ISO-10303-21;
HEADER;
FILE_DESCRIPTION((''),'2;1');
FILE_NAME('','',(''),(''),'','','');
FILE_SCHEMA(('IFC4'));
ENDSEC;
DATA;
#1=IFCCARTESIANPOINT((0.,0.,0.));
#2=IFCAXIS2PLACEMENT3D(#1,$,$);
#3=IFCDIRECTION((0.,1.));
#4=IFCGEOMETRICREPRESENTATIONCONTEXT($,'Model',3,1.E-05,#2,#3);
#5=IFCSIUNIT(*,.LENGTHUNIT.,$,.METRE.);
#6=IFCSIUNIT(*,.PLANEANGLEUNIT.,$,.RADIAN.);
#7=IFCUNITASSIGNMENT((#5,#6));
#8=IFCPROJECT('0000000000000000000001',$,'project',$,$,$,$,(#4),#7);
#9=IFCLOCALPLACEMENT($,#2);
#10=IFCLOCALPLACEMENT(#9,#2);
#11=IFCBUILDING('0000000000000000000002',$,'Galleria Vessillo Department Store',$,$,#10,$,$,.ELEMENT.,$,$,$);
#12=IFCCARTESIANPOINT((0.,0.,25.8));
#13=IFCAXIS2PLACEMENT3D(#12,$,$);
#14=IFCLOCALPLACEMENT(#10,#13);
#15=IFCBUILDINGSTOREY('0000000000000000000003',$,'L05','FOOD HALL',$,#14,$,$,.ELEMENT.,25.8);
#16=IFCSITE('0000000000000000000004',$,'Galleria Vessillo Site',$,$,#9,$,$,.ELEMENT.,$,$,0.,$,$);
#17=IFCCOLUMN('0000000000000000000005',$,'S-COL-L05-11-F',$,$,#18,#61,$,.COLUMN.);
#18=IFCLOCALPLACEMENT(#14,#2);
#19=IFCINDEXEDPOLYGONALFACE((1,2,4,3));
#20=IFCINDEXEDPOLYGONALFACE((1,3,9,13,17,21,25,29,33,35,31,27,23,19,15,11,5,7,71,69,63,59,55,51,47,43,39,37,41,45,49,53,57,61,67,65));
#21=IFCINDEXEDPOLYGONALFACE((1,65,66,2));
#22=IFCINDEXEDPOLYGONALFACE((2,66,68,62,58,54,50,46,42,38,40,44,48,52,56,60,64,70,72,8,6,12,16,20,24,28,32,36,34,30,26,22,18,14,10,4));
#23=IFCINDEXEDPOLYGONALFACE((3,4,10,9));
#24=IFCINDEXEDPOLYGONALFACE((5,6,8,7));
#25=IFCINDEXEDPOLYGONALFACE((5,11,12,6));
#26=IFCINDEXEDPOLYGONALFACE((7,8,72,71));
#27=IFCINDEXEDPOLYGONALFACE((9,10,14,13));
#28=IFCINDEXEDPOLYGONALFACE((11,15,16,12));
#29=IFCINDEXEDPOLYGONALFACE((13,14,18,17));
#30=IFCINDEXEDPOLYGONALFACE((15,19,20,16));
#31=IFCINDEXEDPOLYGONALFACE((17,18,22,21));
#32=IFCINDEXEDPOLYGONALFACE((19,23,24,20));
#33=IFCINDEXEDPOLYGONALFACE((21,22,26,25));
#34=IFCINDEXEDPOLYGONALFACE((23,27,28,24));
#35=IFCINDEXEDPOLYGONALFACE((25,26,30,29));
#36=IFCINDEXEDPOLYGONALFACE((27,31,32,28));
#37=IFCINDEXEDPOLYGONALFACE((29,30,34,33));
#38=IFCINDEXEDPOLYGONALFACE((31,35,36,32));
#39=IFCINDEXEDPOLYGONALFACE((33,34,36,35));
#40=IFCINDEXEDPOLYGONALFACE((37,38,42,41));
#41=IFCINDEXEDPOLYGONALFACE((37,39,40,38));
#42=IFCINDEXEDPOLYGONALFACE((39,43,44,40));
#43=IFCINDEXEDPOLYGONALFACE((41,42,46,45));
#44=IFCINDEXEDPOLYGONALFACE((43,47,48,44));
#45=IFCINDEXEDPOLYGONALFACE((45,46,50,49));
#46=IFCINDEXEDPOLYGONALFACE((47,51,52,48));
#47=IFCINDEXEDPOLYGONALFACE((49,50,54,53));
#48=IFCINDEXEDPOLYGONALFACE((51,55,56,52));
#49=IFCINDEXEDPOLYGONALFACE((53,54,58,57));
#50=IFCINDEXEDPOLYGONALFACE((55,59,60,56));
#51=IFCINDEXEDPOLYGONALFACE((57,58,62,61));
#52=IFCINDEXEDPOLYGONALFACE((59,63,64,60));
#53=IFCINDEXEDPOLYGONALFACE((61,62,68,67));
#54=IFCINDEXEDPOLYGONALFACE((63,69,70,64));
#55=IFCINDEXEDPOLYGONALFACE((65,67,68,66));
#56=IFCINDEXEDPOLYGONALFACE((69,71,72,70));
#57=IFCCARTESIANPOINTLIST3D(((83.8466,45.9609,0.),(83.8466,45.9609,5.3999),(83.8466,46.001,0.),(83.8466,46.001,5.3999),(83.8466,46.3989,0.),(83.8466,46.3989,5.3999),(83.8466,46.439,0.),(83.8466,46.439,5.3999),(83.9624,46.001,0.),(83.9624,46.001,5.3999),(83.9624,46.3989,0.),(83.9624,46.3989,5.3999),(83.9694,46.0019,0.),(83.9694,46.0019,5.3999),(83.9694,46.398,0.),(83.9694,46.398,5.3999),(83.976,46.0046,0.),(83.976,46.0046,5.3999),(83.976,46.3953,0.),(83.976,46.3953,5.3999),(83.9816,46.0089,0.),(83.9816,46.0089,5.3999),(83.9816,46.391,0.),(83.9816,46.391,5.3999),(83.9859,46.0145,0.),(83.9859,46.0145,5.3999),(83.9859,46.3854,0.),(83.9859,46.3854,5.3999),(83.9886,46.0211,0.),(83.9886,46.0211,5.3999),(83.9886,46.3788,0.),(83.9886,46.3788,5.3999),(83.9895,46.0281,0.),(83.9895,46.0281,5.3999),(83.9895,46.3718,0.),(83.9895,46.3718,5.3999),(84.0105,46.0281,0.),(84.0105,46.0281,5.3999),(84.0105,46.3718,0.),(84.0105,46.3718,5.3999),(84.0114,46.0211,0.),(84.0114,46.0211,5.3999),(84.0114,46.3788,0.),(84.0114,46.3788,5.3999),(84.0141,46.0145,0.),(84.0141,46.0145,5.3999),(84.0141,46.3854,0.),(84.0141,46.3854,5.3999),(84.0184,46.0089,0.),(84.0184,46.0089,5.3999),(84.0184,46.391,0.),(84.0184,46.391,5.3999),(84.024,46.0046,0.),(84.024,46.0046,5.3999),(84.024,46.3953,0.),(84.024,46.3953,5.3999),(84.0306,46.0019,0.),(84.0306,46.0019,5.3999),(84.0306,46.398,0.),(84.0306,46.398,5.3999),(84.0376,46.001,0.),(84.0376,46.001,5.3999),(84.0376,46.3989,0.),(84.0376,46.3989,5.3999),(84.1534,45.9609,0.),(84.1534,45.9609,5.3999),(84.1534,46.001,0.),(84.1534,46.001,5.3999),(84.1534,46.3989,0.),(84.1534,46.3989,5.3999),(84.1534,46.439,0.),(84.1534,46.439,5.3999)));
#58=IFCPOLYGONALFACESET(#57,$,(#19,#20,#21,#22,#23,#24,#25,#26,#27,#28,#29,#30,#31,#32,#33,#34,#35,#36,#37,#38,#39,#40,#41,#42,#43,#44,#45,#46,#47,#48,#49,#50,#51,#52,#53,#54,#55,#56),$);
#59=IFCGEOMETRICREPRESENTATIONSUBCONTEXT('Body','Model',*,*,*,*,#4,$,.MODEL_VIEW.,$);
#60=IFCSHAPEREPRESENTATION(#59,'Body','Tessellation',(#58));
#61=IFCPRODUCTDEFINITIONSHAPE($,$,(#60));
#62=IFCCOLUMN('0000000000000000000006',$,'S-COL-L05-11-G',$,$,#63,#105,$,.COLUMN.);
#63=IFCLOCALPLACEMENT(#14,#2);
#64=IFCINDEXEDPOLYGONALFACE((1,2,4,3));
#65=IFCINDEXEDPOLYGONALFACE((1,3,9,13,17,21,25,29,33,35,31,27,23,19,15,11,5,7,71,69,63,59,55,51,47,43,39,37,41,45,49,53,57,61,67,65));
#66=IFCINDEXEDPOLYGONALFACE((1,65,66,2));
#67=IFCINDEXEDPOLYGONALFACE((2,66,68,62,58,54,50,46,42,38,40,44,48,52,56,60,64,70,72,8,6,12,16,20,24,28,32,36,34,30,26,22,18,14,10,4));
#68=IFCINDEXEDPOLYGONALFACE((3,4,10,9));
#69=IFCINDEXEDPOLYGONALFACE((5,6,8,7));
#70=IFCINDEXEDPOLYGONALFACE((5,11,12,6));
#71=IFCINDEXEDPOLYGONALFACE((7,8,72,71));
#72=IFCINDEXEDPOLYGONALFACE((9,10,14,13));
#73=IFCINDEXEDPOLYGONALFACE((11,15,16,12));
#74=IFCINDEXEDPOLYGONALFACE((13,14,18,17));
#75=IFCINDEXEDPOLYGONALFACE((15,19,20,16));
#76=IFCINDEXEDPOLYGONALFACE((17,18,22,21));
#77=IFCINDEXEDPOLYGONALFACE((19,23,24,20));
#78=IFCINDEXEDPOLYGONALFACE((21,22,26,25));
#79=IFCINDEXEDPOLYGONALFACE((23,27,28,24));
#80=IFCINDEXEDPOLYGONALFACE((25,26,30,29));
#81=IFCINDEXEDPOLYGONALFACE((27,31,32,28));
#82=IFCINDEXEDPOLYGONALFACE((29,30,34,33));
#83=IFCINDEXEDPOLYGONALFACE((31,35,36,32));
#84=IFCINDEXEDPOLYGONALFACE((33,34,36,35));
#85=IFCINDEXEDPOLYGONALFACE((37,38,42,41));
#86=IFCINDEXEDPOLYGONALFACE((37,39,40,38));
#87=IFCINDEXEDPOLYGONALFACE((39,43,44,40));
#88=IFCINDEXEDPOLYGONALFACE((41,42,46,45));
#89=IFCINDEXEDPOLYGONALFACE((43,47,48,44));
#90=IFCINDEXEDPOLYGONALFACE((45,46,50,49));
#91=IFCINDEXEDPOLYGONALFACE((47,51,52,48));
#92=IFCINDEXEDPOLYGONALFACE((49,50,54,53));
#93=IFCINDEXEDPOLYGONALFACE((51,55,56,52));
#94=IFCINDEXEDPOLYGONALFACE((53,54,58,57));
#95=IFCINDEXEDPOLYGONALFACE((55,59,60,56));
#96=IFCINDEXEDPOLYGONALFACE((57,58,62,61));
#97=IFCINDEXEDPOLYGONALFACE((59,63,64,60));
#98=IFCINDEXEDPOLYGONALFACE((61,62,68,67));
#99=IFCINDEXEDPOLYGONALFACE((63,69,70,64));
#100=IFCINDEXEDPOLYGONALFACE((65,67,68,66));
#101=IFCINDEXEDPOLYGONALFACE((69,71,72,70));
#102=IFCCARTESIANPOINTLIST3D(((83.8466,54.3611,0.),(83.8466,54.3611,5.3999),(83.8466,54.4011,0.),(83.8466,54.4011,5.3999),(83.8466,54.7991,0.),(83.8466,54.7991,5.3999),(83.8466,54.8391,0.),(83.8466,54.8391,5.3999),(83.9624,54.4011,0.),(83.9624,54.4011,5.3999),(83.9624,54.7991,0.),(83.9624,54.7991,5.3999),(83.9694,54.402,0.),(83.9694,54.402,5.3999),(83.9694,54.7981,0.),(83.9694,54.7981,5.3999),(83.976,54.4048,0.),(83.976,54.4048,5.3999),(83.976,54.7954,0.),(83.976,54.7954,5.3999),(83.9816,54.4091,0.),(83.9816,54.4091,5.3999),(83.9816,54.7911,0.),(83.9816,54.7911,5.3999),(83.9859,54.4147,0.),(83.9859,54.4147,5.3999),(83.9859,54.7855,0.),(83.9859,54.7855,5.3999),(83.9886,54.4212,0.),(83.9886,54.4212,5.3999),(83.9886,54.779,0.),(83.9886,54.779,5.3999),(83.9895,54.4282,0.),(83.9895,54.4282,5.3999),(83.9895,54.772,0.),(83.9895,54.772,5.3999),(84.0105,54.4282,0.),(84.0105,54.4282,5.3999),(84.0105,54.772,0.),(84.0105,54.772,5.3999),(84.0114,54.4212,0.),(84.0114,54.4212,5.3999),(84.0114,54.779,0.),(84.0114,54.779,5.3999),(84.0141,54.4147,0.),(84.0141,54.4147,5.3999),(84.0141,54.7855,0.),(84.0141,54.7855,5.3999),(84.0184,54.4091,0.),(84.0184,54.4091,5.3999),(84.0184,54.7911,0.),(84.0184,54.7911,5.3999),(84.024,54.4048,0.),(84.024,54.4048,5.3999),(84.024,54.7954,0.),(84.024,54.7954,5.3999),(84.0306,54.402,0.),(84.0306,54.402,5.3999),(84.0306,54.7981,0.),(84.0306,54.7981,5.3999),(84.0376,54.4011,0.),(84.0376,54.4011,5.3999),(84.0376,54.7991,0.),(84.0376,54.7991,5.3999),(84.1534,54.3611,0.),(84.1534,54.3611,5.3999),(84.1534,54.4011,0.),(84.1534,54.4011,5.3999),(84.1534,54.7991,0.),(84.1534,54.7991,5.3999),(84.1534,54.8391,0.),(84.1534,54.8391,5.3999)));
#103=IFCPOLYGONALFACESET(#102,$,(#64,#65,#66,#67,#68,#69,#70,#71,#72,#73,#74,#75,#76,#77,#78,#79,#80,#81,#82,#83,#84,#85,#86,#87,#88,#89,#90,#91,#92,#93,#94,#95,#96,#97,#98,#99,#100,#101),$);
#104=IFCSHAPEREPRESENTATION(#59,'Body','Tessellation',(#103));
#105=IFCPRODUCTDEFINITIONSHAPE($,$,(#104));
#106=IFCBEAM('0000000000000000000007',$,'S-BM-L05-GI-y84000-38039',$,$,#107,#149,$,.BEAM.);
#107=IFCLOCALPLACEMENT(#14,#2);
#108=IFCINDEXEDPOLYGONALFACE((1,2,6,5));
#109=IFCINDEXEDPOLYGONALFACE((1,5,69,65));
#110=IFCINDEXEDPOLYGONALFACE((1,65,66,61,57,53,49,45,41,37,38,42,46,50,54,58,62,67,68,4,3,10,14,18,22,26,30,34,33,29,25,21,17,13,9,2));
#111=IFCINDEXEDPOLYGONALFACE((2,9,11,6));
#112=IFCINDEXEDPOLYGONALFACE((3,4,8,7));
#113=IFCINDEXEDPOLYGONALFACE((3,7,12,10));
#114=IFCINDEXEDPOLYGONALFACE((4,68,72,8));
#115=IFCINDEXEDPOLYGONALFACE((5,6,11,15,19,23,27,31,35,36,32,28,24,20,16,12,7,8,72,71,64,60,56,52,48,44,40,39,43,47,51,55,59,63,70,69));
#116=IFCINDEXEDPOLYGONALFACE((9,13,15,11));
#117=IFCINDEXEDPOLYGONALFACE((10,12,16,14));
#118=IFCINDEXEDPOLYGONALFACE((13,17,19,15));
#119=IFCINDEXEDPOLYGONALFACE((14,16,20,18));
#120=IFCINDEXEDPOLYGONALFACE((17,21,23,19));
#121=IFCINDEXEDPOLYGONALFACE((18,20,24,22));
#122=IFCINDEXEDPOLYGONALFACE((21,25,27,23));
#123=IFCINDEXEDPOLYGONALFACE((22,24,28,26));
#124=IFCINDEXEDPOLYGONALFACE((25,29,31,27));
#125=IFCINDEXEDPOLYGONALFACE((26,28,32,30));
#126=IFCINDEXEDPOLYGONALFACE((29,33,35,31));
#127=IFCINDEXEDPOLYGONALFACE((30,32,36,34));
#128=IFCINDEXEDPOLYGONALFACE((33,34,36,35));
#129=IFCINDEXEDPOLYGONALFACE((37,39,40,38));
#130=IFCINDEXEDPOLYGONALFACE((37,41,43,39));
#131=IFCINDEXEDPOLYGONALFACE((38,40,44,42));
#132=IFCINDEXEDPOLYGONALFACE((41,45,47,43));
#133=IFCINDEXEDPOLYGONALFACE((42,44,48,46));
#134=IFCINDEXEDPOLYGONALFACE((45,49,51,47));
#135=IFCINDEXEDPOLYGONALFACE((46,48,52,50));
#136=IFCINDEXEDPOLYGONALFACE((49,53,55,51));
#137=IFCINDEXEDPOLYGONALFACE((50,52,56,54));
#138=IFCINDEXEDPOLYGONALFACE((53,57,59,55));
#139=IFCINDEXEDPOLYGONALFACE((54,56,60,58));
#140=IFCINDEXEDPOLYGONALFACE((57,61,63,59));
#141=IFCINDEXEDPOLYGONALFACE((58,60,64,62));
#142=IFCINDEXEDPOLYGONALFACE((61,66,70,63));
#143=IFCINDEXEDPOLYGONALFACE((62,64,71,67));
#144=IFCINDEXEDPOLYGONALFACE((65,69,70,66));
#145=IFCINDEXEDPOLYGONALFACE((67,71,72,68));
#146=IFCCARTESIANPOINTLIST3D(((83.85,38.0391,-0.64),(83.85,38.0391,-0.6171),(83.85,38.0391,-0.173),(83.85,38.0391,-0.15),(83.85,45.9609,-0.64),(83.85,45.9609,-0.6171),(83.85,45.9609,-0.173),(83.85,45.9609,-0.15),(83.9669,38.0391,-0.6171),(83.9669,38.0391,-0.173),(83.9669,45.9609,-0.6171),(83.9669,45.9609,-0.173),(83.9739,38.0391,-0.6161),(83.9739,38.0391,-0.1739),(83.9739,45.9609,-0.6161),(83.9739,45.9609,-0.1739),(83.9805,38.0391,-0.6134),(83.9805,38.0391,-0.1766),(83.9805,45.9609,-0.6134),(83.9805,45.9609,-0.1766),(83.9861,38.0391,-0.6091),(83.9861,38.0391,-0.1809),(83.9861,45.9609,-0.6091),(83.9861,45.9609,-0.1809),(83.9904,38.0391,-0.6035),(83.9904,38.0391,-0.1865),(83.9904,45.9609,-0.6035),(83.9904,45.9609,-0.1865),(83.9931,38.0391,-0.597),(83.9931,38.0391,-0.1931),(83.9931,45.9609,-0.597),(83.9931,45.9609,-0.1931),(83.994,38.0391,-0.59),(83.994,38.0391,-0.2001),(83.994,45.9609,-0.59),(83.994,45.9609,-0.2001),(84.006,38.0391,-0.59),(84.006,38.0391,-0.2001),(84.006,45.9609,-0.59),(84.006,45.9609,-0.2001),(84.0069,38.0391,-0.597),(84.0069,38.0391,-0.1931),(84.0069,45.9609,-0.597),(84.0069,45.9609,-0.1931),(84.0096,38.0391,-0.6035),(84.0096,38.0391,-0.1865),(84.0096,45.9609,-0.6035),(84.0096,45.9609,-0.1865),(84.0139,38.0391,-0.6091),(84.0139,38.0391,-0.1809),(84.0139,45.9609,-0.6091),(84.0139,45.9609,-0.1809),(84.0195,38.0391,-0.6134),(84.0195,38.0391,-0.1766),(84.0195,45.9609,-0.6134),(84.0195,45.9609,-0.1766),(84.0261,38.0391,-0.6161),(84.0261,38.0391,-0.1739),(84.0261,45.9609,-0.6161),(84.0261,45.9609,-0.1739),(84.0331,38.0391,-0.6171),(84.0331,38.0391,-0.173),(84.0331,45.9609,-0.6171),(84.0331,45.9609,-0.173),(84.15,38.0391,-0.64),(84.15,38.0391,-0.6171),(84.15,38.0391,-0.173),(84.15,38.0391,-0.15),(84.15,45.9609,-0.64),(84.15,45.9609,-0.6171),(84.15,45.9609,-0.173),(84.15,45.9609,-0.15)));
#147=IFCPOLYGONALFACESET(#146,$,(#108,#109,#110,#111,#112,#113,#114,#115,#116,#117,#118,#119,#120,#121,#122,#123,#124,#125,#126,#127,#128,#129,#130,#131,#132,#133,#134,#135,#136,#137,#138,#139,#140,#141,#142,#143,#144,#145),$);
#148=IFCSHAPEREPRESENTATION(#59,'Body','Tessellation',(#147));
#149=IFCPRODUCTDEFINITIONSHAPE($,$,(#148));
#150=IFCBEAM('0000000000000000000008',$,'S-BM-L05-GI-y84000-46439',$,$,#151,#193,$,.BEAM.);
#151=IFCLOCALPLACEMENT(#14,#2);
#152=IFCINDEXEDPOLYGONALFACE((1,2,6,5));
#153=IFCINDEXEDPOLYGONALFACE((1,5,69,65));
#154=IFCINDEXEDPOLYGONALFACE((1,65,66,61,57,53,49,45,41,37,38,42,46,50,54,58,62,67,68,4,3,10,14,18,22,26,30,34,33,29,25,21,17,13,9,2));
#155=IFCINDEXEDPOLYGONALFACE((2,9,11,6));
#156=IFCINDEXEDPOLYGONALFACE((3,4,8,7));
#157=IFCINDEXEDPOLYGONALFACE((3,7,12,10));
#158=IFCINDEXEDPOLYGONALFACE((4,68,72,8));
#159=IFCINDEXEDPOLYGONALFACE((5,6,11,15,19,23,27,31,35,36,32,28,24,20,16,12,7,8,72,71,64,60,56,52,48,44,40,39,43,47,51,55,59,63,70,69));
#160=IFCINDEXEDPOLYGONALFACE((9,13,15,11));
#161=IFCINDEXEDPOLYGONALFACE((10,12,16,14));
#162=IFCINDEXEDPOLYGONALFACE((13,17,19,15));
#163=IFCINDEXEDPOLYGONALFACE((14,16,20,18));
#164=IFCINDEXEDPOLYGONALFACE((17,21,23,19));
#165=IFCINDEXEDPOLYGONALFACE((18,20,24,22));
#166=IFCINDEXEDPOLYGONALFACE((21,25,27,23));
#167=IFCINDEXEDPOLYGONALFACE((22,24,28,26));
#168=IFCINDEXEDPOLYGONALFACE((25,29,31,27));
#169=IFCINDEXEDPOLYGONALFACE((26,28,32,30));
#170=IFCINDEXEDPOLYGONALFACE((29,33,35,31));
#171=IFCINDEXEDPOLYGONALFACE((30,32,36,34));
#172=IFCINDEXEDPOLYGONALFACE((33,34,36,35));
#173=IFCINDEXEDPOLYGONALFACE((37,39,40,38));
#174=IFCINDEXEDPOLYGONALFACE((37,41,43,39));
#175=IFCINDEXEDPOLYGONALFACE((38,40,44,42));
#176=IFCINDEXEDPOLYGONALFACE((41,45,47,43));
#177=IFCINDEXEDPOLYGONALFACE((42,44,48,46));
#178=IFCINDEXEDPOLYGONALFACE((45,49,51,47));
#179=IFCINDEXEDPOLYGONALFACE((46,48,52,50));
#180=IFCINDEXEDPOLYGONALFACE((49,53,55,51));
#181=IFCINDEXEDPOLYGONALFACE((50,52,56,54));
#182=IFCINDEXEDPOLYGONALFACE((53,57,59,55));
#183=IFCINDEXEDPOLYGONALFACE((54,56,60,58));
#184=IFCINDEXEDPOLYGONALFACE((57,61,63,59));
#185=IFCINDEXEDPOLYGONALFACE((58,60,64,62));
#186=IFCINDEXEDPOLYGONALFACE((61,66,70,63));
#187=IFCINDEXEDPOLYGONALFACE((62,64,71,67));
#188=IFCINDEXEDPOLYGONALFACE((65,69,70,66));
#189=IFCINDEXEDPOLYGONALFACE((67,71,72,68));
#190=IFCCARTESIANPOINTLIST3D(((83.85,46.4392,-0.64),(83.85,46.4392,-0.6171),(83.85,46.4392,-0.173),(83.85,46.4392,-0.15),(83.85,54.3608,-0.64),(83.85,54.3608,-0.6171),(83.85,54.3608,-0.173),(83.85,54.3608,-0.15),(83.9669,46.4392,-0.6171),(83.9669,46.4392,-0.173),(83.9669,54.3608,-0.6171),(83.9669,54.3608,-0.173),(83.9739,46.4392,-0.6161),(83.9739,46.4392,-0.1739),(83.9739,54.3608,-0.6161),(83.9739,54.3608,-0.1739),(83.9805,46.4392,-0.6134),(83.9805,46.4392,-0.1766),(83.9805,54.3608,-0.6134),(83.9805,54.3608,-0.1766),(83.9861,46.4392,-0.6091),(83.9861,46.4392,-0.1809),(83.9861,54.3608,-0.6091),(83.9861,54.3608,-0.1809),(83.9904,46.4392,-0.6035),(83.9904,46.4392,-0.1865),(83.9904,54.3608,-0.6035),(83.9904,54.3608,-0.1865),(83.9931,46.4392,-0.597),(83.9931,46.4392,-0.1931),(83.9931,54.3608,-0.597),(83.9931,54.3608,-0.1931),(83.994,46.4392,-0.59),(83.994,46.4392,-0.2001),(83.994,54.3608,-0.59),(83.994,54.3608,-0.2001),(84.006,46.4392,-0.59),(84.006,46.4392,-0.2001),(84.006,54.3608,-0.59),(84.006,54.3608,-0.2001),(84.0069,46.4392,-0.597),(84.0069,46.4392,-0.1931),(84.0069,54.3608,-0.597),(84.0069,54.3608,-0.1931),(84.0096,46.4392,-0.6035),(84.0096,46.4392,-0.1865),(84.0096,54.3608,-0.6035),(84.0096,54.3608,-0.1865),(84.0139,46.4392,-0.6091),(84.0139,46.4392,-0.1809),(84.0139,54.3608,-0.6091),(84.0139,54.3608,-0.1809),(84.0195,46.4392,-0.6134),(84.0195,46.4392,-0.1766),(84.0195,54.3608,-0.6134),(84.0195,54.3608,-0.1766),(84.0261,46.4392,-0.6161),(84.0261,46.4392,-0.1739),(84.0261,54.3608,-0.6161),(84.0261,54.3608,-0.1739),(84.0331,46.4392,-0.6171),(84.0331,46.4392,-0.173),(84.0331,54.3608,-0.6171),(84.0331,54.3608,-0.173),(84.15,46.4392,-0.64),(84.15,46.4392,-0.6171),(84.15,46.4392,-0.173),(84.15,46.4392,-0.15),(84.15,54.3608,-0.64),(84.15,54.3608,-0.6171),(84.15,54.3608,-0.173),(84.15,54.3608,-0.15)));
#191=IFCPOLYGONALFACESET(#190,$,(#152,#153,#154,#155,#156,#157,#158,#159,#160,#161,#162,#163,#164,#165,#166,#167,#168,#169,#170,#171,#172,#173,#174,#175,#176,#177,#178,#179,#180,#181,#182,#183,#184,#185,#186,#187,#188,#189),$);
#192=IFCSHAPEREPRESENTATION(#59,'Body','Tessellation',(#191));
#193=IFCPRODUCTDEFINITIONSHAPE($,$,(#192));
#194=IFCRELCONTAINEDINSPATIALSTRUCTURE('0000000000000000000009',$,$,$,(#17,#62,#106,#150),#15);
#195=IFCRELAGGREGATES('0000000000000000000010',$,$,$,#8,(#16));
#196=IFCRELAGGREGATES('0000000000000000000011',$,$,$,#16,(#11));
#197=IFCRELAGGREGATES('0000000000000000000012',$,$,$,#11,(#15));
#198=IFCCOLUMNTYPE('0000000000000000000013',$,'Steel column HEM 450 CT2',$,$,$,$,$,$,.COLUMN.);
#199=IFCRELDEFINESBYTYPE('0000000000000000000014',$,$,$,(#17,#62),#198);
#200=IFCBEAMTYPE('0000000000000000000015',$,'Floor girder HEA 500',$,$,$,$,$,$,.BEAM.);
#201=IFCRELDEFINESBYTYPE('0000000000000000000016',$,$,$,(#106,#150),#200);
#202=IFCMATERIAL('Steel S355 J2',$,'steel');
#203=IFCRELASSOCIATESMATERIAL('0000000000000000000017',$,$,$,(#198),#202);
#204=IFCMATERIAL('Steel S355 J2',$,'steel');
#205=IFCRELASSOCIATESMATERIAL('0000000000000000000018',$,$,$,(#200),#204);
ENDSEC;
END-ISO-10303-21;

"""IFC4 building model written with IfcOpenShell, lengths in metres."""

from ifc_helpers import new_model, si_unit, direction, frame, origin, origin_2d, place, context, subcontext, project, spatial, i_section, extrude, material, material_profile, profile_set, type_object, element, save


model = new_model("IFC4")

# Units and contexts
model_context = context("Model", 3, precision=1e-05, world=origin(), true_north=direction((0.0, 1.0)))
body_context = subcontext(model_context, "Body", "Model", "MODEL_VIEW")
ifc_project = project(units=[si_unit("LENGTHUNIT", "METRE"), si_unit("PLANEANGLEUNIT", "RADIAN")], contexts=[model_context])

# Site, building, storey
site_placement = place(None, origin())
site = spatial("IfcSite", under=ifc_project, at=site_placement, Name="Galleria Vessillo Site", CompositionType="ELEMENT", RefElevation=0.0)
building_placement = place(site_placement, origin())
building = spatial("IfcBuilding", under=site, at=building_placement, Name="Galleria Vessillo Department Store", CompositionType="ELEMENT")
storey_placement = place(building_placement, frame((0.0, 0.0, 25.8)))
storey = spatial("IfcBuildingStorey", under=building, at=storey_placement, Name="L05", Description="FOOD HALL", CompositionType="ELEMENT", Elevation=25.8)

# Columns
ifc_material_1 = material(Name="Steel S355 J2", Category="steel")
ifc_material_profile_1 = material_profile(ifc_material_1, i_section(OverallWidth=0.3069, OverallDepth=0.478, WebThickness=0.021, FlangeThickness=0.04, FilletRadius=0.0271, at=origin_2d()), Name="HEM 450")
ifc_profile_set_1 = profile_set([ifc_material_profile_1], Name="Steel S355 J2")
column_type = type_object("IfcColumnType", Name="Steel column HEM 450 CT2", PredefinedType="COLUMN", material=ifc_profile_set_1)
for number, where, z_axis, x_axis, name in (
    (1, (84.0, 46.2, 0.0), (0.0, 0.0, 1.0), (1.0, 0.0, 0.0), "S-COL-L05-11-F"),
    (2, (84.0, 54.6001, 0.0), (0.0, 0.0, 1.0), (1.0, 0.0, 0.0), "S-COL-L05-11-G"),
):
    element("IfcColumn", number, at=place(storey_placement, frame(where, z_axis=z_axis, x_axis=x_axis)), inside=storey, type_object=column_type, Name=name, PredefinedType="COLUMN", context=body_context, shape_type="SweptSolid", body=[
        extrude(i_section(OverallWidth=0.3069, OverallDepth=0.478, WebThickness=0.021, FlangeThickness=0.04, FilletRadius=0.0271, at=origin_2d()), origin(), (0.0, 0.0, 1.0), 5.3999),
    ])

# Beams
ifc_material_2 = material(Name="Steel S355 J2", Category="steel")
ifc_material_profile_2 = material_profile(ifc_material_2, i_section(OverallWidth=0.3, OverallDepth=0.49, WebThickness=0.012, FlangeThickness=0.0229, FilletRadius=0.0271, at=origin_2d()), Name="HEA 500")
ifc_profile_set_2 = profile_set([ifc_material_profile_2], Name="Steel S355 J2")
beam_type_1 = type_object("IfcBeamType", Name="Floor girder HEA 500", PredefinedType="BEAM", material=ifc_profile_set_2)
beam_1_placement = place(storey_placement, frame((84.0, 38.0391, -0.395), z_axis=(0.0, 1.0, 0.0), x_axis=(-1.0, 0.0, 0.0)))
element("IfcBeam", 3, at=beam_1_placement, inside=storey, type_object=beam_type_1, Name="S-BM-L05-GI-y84000-38039", PredefinedType="BEAM", context=body_context, shape_type="SweptSolid", body=[
    extrude(i_section(OverallWidth=0.3, OverallDepth=0.49, WebThickness=0.012, FlangeThickness=0.0229, FilletRadius=0.0271, at=origin_2d()), origin(), (0.0, 0.0, 1.0), 7.9219),
])
beam_2_placement = place(storey_placement, frame((84.0, 46.4392, -0.395), z_axis=(0.0, 1.0, 0.0), x_axis=(-1.0, 0.0, 0.0)))
element("IfcBeam", 4, at=beam_2_placement, inside=storey, type_object=beam_type_1, Name="S-BM-L05-GI-y84000-46439", PredefinedType="BEAM", context=body_context, shape_type="SweptSolid", body=[
    extrude(i_section(OverallWidth=0.3, OverallDepth=0.49, WebThickness=0.012, FlangeThickness=0.0229, FilletRadius=0.0271, at=origin_2d()), origin(), (0.0, 0.0, 1.0), 7.9216),
])

save(model, "model.ifc")
